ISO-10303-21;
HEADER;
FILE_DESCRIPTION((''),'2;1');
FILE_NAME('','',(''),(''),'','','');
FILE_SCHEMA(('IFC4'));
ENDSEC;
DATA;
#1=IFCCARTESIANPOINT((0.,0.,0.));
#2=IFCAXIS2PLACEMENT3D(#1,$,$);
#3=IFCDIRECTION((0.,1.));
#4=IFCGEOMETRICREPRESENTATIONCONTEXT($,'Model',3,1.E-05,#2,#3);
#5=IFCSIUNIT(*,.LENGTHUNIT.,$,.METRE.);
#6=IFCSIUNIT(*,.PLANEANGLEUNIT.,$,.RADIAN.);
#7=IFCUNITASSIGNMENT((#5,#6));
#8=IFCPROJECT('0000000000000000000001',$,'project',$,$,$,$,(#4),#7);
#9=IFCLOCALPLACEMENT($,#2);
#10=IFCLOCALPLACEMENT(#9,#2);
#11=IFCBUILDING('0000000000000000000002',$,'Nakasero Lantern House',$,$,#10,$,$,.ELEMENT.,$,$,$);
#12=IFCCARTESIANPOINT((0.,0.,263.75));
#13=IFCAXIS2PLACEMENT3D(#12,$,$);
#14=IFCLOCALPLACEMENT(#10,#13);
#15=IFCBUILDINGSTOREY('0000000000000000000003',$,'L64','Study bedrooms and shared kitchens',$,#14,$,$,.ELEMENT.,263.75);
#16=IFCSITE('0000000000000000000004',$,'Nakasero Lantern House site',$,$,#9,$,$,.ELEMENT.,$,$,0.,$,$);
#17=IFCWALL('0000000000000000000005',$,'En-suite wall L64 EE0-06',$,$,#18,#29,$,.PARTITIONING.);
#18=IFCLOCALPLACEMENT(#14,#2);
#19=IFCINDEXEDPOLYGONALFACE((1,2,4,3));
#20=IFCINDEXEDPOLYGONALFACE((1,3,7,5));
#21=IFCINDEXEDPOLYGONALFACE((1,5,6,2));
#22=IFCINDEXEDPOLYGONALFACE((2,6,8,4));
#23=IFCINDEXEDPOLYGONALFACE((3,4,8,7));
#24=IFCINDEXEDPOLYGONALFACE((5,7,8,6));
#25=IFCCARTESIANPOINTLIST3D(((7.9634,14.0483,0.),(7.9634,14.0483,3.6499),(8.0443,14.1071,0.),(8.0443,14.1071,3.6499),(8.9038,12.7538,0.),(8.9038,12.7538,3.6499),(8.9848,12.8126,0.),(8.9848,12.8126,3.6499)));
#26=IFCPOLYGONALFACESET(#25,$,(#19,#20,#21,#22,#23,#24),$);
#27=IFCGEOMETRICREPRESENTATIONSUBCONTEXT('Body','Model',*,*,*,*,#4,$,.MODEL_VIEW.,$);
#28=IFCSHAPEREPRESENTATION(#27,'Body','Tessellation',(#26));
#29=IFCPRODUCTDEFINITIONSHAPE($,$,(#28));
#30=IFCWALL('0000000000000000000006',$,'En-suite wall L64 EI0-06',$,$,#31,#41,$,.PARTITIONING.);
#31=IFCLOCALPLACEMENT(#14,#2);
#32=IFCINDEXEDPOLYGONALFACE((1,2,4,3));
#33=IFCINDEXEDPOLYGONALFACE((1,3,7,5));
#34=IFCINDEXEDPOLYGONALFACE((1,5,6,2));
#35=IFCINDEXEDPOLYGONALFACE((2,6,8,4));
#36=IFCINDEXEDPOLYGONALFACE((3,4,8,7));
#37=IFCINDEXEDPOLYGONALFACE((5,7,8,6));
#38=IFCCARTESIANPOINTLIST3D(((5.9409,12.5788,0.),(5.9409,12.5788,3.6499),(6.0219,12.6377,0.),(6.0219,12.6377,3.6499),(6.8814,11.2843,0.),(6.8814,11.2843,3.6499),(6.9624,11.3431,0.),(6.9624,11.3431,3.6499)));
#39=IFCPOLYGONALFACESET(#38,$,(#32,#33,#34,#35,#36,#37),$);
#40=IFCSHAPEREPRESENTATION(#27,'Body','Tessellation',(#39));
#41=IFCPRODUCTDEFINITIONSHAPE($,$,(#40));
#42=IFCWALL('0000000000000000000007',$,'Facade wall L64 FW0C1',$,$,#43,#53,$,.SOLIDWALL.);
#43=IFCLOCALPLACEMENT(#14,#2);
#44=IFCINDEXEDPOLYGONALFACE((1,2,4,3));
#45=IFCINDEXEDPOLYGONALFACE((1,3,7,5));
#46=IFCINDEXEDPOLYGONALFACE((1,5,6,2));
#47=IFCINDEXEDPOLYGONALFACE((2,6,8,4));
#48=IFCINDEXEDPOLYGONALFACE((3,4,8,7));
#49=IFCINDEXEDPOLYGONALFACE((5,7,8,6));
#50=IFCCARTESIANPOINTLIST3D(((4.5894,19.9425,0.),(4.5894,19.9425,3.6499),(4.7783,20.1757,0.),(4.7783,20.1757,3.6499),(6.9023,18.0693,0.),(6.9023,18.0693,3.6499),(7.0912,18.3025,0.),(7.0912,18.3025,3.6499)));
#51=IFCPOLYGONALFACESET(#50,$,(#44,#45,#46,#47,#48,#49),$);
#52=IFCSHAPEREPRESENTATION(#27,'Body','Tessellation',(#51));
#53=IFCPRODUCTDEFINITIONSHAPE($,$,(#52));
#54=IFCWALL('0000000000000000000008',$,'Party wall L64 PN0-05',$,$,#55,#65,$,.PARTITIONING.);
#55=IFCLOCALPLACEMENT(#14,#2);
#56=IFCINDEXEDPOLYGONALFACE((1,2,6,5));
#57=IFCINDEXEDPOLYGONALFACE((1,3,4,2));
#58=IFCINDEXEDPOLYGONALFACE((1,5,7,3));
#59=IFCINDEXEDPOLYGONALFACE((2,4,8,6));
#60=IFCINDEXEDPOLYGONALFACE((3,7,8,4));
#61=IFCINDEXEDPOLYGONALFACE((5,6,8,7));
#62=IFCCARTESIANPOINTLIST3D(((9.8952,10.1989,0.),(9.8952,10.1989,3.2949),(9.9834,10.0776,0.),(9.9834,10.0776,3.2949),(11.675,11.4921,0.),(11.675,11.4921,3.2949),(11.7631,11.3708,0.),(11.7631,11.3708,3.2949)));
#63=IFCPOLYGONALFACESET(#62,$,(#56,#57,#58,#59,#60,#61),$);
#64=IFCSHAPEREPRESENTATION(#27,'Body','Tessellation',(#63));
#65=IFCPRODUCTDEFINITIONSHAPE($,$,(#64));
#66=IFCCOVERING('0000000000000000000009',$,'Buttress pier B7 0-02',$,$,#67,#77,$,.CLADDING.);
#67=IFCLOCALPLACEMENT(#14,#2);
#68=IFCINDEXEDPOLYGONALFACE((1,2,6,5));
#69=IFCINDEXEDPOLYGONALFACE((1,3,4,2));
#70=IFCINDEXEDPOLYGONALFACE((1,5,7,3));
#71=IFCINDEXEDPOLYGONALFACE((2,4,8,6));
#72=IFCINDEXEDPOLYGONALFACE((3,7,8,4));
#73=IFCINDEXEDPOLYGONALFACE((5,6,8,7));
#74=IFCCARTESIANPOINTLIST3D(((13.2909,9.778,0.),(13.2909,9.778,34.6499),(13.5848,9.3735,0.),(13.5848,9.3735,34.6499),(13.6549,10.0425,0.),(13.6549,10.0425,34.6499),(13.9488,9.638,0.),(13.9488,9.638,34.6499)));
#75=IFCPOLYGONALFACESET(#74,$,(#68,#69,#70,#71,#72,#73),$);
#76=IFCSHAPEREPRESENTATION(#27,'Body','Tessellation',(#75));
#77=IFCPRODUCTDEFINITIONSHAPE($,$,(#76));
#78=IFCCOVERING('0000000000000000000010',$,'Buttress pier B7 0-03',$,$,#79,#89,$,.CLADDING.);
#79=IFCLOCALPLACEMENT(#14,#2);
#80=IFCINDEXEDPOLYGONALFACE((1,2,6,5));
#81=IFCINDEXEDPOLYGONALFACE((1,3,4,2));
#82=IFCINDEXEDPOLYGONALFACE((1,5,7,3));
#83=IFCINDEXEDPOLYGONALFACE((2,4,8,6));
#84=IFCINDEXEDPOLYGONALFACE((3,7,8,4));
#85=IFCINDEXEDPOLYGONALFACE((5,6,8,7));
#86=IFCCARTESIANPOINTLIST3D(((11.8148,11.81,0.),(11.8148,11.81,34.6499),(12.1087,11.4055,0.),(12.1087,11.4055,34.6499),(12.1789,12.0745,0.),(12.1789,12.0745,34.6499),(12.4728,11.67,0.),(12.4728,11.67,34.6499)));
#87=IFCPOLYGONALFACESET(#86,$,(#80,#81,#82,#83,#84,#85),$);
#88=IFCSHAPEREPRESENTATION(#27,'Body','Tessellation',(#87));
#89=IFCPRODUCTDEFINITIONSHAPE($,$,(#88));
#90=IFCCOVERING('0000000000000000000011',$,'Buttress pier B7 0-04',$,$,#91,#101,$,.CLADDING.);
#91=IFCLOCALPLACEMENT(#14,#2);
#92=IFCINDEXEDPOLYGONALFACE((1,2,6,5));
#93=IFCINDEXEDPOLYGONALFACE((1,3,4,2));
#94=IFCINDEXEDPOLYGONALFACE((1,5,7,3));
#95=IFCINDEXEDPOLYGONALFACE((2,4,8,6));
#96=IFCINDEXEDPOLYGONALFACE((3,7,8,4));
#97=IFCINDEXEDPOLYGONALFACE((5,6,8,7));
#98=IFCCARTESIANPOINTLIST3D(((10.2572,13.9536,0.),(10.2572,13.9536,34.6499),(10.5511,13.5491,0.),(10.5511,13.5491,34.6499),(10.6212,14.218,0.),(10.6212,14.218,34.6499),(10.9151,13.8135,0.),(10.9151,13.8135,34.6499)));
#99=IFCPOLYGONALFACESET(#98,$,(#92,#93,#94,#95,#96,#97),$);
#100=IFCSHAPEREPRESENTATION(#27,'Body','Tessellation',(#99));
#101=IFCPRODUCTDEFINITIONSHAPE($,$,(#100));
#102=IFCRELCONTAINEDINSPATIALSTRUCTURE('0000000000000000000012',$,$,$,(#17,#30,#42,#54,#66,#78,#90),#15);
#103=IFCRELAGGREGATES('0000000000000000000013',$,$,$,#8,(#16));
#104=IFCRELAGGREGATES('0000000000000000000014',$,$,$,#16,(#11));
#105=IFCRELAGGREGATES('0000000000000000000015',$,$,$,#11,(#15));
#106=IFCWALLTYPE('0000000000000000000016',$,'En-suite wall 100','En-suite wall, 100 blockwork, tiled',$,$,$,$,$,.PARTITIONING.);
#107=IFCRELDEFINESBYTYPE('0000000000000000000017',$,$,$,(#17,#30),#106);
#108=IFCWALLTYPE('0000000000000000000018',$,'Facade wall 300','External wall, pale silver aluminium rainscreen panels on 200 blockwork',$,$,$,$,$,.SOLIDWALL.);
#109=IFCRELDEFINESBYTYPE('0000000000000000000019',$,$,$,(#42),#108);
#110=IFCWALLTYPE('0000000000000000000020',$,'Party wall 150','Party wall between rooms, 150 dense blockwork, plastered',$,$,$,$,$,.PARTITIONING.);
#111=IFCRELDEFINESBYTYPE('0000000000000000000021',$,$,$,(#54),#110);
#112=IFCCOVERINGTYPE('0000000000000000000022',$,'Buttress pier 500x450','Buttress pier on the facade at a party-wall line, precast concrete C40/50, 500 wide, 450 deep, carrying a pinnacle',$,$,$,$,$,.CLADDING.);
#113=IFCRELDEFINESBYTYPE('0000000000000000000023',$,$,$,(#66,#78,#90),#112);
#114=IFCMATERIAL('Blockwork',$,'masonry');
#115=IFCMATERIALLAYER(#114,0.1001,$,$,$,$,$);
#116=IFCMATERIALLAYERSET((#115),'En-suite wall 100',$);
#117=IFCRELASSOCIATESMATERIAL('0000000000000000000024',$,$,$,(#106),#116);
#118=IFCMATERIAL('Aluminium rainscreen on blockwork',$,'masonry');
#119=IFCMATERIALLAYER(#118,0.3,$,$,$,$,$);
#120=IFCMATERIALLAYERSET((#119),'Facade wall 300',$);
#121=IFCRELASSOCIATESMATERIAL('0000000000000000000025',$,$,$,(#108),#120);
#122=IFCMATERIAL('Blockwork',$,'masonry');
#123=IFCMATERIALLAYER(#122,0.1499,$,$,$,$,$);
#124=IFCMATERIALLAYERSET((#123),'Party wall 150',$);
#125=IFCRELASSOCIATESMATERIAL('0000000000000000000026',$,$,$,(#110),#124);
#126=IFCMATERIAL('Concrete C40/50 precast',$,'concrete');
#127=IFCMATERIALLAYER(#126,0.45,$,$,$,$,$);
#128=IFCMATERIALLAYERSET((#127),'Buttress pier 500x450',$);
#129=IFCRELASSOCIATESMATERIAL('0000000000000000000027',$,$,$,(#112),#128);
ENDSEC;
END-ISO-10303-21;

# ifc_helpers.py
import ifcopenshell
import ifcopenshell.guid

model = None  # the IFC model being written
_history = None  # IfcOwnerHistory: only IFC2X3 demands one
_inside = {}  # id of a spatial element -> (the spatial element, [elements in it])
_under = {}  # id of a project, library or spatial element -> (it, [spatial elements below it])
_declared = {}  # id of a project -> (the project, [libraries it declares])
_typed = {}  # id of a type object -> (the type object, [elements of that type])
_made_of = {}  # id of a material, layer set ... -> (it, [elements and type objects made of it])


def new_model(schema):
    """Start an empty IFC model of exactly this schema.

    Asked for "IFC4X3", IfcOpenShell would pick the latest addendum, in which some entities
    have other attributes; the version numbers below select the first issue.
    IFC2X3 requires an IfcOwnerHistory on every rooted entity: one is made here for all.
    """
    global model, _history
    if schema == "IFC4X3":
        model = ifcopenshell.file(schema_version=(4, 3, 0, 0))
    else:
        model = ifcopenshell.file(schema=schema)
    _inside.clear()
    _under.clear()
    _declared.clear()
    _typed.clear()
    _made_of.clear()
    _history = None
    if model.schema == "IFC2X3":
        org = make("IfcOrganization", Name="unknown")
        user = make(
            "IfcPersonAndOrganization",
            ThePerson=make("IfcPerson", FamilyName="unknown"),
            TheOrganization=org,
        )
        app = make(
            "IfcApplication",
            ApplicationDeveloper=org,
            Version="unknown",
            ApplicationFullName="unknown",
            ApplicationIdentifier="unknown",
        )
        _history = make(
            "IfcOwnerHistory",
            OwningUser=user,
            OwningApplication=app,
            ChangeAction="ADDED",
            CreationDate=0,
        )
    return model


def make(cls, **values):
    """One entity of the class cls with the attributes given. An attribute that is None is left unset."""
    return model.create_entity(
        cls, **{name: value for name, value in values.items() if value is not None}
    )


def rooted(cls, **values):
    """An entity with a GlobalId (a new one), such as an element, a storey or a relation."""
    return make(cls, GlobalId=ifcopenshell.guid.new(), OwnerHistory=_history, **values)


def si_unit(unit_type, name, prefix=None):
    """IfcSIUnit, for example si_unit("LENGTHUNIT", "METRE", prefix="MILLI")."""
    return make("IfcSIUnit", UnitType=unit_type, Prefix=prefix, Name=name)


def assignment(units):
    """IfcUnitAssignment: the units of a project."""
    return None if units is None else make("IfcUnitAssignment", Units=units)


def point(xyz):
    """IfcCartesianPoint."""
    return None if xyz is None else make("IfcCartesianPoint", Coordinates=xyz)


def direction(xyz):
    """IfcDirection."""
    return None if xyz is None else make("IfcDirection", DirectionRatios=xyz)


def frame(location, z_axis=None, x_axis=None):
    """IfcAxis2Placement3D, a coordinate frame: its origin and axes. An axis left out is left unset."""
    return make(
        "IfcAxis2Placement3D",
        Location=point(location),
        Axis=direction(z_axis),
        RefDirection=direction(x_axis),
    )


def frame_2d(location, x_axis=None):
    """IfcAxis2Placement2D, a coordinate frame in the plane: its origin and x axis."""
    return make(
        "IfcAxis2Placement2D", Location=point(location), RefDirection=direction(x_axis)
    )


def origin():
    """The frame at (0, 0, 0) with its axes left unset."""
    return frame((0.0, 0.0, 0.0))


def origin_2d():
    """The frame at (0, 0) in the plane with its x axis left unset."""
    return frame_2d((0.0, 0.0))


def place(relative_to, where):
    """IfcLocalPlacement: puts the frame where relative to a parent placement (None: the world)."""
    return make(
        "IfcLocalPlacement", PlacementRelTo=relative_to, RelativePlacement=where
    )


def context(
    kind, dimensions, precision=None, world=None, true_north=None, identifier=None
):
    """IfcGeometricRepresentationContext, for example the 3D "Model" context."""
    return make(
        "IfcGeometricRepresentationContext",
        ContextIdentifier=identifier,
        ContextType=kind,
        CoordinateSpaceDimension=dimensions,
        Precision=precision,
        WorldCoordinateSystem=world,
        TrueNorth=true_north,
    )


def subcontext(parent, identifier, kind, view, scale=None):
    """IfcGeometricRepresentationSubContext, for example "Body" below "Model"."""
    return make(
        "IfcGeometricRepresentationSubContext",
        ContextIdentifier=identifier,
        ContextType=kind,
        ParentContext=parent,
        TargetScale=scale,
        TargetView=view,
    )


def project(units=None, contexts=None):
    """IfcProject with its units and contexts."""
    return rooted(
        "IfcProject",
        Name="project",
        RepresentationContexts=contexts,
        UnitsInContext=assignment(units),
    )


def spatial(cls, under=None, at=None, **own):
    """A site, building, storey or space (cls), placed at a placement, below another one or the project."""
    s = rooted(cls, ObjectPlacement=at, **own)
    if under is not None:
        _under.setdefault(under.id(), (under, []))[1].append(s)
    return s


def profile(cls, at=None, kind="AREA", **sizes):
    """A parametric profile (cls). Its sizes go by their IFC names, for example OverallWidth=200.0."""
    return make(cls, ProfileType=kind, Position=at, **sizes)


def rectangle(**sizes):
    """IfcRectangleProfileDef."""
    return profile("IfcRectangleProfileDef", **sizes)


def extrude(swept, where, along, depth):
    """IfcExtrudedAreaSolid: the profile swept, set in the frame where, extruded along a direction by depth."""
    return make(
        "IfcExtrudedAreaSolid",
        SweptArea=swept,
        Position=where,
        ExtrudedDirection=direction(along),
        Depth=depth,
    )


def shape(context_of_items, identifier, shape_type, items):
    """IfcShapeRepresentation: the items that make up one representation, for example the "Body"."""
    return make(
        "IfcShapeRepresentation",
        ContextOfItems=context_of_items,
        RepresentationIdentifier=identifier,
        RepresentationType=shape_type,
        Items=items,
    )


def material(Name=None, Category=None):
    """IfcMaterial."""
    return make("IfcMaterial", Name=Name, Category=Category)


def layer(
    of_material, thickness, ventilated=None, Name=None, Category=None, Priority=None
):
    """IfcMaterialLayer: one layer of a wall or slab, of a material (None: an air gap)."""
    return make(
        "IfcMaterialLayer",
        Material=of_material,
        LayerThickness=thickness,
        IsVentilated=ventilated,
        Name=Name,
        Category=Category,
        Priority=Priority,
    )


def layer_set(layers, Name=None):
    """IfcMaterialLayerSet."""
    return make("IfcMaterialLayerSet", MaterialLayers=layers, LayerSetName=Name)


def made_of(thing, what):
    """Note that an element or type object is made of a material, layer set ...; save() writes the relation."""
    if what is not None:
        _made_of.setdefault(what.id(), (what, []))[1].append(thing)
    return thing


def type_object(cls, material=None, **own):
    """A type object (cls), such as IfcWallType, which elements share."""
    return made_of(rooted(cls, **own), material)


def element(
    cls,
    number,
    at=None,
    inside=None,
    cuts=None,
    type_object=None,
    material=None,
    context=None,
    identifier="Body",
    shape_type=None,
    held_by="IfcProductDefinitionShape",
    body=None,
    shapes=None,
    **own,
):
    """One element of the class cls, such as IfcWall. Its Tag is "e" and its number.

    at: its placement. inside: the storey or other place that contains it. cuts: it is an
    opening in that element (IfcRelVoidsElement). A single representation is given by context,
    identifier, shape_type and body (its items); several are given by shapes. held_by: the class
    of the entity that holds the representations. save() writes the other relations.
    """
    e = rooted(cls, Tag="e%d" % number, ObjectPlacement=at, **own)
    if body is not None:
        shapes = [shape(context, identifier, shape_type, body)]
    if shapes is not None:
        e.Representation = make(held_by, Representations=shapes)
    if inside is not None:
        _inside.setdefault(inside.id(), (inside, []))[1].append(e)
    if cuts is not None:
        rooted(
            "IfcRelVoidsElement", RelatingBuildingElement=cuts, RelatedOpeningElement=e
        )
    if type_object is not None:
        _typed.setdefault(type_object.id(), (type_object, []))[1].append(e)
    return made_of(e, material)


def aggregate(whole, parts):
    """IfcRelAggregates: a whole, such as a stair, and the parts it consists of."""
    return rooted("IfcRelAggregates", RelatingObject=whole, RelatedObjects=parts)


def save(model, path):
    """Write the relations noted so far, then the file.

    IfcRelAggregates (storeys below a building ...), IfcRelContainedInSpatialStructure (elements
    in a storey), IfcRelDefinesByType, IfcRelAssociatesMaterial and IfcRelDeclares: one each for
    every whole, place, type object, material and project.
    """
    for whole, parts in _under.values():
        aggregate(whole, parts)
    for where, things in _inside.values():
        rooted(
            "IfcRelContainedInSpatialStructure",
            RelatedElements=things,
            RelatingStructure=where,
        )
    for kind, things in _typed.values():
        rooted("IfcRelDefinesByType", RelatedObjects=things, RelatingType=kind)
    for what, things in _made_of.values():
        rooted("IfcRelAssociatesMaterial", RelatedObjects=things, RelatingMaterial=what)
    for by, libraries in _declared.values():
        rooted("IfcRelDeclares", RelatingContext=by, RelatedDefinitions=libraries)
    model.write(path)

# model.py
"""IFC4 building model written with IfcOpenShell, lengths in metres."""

from ifc_helpers import new_model, si_unit, direction, frame, frame_2d, origin, origin_2d, place, context, subcontext, project, spatial, rectangle, extrude, material, layer, layer_set, type_object, element, save


model = new_model("IFC4")

# Units and contexts
model_context = context("Model", 3, precision=1e-05, world=origin(), true_north=direction((0.0, 1.0)))
body_context = subcontext(model_context, "Body", "Model", "MODEL_VIEW")
ifc_project = project(units=[si_unit("LENGTHUNIT", "METRE"), si_unit("PLANEANGLEUNIT", "RADIAN")], contexts=[model_context])

# Site, building, storey
site_placement = place(None, origin())
site = spatial("IfcSite", under=ifc_project, at=site_placement, Name="Nakasero Lantern House site", CompositionType="ELEMENT", RefElevation=0.0)
building_placement = place(site_placement, origin())
building = spatial("IfcBuilding", under=site, at=building_placement, Name="Nakasero Lantern House", CompositionType="ELEMENT")
storey_placement = place(building_placement, frame((0.0, 0.0, 263.75)))
storey = spatial("IfcBuildingStorey", under=building, at=storey_placement, Name="L64", Description="Study bedrooms and shared kitchens", CompositionType="ELEMENT", Elevation=263.75)

# Shared definitions
ifc_material_1 = material(Name="Blockwork", Category="masonry")
ifc_layer_1 = layer(ifc_material_1, 0.1001)
ifc_layer_set_1 = layer_set([ifc_layer_1], Name="En-suite wall 100")
wall_type_1 = type_object("IfcWallType", Name="En-suite wall 100", Description="En-suite wall, 100 blockwork, tiled", PredefinedType="PARTITIONING", material=ifc_layer_set_1)

# Walls
for number, where, z_axis, x_axis, name in (
    (1, (8.9443, 12.7832, 0.0), (0.0, 0.0, 1.0), (-0.587772, 0.809026, 0.0), "En-suite wall L64 EE0-06"),
    (2, (6.9219, 11.3137, 0.0), (0.0, 0.0, 1.0), (-0.587772, 0.809026, 0.0), "En-suite wall L64 EI0-06"),
):
    element("IfcWall", number, at=place(storey_placement, frame(where, z_axis=z_axis, x_axis=x_axis)), inside=storey, type_object=wall_type_1, Name=name, PredefinedType="PARTITIONING", context=body_context, shape_type="SweptSolid", body=[
        extrude(rectangle(XDim=1.6001, YDim=0.1001, at=frame_2d((0.8, 0.0))), origin(), (0.0, 0.0, 1.0), 3.6499),
    ])
ifc_material_2 = material(Name="Aluminium rainscreen on blockwork", Category="masonry")
ifc_layer_2 = layer(ifc_material_2, 0.3)
ifc_layer_set_2 = layer_set([ifc_layer_2], Name="Facade wall 300")
wall_type_2 = type_object("IfcWallType", Name="Facade wall 300", Description="External wall, pale silver aluminium rainscreen panels on 200 blockwork", PredefinedType="SOLIDWALL", material=ifc_layer_set_2)
wall_1_placement = place(storey_placement, frame((6.9968, 18.1858, 0.0), z_axis=(0.0, 0.0, 1.0), x_axis=(-0.777102, 0.629375, 0.0)))
element("IfcWall", 3, at=wall_1_placement, inside=storey, type_object=wall_type_2, Name="Facade wall L64 FW0C1", PredefinedType="SOLIDWALL", context=body_context, shape_type="SweptSolid", body=[
    extrude(rectangle(XDim=2.9763, YDim=0.3, at=frame_2d((1.4883, 0.0))), origin(), (0.0, 0.0, 1.0), 3.6499),
])
ifc_material_3 = material(Name="Blockwork", Category="masonry")
ifc_layer_3 = layer(ifc_material_3, 0.1499)
ifc_layer_set_3 = layer_set([ifc_layer_3], Name="Party wall 150")
wall_type_3 = type_object("IfcWallType", Name="Party wall 150", Description="Party wall between rooms, 150 dense blockwork, plastered", PredefinedType="PARTITIONING", material=ifc_layer_set_3)
wall_2_placement = place(storey_placement, frame((9.9392, 10.1382, 0.0), z_axis=(0.0, 0.0, 1.0), x_axis=(0.80899, 0.587822, 0.0)))
element("IfcWall", 4, at=wall_2_placement, inside=storey, type_object=wall_type_3, Name="Party wall L64 PN0-05", PredefinedType="PARTITIONING", context=body_context, shape_type="SweptSolid", body=[
    extrude(rectangle(XDim=2.2, YDim=0.1499, at=frame_2d((1.1001, 0.0))), origin(), (0.0, 0.0, 1.0), 3.2949),
])

# Coverings
ifc_material_4 = material(Name="Concrete C40/50 precast", Category="concrete")
ifc_layer_4 = layer(ifc_material_4, 0.45)
ifc_layer_set_4 = layer_set([ifc_layer_4], Name="Buttress pier 500x450")
covering_type = type_object("IfcCoveringType", Name="Buttress pier 500x450", Description="Buttress pier on the facade at a party-wall line, precast concrete C40/50, 500 wide, 450 deep, carrying a pinnacle", PredefinedType="CLADDING", material=ifc_layer_set_4)
for number, where, z_axis, x_axis, name in (
    (5, (13.6199, 9.708, 0.0), (0.0, 0.0, 1.0), (0.809017, 0.587785, 0.0), "Buttress pier B7 0-02"),
    (6, (12.1438, 11.74, 0.0), (0.0, 0.0, 1.0), (0.809017, 0.587785, 0.0), "Buttress pier B7 0-03"),
    (7, (10.5862, 13.8835, 0.0), (0.0, 0.0, 1.0), (0.809017, 0.587785, 0.0), "Buttress pier B7 0-04"),
):
    element("IfcCovering", number, at=place(storey_placement, frame(where, z_axis=z_axis, x_axis=x_axis)), inside=storey, type_object=covering_type, Name=name, PredefinedType="CLADDING", context=body_context, shape_type="SweptSolid", body=[
        extrude(rectangle(XDim=0.45, YDim=0.5, at=origin_2d()), origin(), (0.0, 0.0, 1.0), 34.6499),
    ])

save(model, "model.ifc")
